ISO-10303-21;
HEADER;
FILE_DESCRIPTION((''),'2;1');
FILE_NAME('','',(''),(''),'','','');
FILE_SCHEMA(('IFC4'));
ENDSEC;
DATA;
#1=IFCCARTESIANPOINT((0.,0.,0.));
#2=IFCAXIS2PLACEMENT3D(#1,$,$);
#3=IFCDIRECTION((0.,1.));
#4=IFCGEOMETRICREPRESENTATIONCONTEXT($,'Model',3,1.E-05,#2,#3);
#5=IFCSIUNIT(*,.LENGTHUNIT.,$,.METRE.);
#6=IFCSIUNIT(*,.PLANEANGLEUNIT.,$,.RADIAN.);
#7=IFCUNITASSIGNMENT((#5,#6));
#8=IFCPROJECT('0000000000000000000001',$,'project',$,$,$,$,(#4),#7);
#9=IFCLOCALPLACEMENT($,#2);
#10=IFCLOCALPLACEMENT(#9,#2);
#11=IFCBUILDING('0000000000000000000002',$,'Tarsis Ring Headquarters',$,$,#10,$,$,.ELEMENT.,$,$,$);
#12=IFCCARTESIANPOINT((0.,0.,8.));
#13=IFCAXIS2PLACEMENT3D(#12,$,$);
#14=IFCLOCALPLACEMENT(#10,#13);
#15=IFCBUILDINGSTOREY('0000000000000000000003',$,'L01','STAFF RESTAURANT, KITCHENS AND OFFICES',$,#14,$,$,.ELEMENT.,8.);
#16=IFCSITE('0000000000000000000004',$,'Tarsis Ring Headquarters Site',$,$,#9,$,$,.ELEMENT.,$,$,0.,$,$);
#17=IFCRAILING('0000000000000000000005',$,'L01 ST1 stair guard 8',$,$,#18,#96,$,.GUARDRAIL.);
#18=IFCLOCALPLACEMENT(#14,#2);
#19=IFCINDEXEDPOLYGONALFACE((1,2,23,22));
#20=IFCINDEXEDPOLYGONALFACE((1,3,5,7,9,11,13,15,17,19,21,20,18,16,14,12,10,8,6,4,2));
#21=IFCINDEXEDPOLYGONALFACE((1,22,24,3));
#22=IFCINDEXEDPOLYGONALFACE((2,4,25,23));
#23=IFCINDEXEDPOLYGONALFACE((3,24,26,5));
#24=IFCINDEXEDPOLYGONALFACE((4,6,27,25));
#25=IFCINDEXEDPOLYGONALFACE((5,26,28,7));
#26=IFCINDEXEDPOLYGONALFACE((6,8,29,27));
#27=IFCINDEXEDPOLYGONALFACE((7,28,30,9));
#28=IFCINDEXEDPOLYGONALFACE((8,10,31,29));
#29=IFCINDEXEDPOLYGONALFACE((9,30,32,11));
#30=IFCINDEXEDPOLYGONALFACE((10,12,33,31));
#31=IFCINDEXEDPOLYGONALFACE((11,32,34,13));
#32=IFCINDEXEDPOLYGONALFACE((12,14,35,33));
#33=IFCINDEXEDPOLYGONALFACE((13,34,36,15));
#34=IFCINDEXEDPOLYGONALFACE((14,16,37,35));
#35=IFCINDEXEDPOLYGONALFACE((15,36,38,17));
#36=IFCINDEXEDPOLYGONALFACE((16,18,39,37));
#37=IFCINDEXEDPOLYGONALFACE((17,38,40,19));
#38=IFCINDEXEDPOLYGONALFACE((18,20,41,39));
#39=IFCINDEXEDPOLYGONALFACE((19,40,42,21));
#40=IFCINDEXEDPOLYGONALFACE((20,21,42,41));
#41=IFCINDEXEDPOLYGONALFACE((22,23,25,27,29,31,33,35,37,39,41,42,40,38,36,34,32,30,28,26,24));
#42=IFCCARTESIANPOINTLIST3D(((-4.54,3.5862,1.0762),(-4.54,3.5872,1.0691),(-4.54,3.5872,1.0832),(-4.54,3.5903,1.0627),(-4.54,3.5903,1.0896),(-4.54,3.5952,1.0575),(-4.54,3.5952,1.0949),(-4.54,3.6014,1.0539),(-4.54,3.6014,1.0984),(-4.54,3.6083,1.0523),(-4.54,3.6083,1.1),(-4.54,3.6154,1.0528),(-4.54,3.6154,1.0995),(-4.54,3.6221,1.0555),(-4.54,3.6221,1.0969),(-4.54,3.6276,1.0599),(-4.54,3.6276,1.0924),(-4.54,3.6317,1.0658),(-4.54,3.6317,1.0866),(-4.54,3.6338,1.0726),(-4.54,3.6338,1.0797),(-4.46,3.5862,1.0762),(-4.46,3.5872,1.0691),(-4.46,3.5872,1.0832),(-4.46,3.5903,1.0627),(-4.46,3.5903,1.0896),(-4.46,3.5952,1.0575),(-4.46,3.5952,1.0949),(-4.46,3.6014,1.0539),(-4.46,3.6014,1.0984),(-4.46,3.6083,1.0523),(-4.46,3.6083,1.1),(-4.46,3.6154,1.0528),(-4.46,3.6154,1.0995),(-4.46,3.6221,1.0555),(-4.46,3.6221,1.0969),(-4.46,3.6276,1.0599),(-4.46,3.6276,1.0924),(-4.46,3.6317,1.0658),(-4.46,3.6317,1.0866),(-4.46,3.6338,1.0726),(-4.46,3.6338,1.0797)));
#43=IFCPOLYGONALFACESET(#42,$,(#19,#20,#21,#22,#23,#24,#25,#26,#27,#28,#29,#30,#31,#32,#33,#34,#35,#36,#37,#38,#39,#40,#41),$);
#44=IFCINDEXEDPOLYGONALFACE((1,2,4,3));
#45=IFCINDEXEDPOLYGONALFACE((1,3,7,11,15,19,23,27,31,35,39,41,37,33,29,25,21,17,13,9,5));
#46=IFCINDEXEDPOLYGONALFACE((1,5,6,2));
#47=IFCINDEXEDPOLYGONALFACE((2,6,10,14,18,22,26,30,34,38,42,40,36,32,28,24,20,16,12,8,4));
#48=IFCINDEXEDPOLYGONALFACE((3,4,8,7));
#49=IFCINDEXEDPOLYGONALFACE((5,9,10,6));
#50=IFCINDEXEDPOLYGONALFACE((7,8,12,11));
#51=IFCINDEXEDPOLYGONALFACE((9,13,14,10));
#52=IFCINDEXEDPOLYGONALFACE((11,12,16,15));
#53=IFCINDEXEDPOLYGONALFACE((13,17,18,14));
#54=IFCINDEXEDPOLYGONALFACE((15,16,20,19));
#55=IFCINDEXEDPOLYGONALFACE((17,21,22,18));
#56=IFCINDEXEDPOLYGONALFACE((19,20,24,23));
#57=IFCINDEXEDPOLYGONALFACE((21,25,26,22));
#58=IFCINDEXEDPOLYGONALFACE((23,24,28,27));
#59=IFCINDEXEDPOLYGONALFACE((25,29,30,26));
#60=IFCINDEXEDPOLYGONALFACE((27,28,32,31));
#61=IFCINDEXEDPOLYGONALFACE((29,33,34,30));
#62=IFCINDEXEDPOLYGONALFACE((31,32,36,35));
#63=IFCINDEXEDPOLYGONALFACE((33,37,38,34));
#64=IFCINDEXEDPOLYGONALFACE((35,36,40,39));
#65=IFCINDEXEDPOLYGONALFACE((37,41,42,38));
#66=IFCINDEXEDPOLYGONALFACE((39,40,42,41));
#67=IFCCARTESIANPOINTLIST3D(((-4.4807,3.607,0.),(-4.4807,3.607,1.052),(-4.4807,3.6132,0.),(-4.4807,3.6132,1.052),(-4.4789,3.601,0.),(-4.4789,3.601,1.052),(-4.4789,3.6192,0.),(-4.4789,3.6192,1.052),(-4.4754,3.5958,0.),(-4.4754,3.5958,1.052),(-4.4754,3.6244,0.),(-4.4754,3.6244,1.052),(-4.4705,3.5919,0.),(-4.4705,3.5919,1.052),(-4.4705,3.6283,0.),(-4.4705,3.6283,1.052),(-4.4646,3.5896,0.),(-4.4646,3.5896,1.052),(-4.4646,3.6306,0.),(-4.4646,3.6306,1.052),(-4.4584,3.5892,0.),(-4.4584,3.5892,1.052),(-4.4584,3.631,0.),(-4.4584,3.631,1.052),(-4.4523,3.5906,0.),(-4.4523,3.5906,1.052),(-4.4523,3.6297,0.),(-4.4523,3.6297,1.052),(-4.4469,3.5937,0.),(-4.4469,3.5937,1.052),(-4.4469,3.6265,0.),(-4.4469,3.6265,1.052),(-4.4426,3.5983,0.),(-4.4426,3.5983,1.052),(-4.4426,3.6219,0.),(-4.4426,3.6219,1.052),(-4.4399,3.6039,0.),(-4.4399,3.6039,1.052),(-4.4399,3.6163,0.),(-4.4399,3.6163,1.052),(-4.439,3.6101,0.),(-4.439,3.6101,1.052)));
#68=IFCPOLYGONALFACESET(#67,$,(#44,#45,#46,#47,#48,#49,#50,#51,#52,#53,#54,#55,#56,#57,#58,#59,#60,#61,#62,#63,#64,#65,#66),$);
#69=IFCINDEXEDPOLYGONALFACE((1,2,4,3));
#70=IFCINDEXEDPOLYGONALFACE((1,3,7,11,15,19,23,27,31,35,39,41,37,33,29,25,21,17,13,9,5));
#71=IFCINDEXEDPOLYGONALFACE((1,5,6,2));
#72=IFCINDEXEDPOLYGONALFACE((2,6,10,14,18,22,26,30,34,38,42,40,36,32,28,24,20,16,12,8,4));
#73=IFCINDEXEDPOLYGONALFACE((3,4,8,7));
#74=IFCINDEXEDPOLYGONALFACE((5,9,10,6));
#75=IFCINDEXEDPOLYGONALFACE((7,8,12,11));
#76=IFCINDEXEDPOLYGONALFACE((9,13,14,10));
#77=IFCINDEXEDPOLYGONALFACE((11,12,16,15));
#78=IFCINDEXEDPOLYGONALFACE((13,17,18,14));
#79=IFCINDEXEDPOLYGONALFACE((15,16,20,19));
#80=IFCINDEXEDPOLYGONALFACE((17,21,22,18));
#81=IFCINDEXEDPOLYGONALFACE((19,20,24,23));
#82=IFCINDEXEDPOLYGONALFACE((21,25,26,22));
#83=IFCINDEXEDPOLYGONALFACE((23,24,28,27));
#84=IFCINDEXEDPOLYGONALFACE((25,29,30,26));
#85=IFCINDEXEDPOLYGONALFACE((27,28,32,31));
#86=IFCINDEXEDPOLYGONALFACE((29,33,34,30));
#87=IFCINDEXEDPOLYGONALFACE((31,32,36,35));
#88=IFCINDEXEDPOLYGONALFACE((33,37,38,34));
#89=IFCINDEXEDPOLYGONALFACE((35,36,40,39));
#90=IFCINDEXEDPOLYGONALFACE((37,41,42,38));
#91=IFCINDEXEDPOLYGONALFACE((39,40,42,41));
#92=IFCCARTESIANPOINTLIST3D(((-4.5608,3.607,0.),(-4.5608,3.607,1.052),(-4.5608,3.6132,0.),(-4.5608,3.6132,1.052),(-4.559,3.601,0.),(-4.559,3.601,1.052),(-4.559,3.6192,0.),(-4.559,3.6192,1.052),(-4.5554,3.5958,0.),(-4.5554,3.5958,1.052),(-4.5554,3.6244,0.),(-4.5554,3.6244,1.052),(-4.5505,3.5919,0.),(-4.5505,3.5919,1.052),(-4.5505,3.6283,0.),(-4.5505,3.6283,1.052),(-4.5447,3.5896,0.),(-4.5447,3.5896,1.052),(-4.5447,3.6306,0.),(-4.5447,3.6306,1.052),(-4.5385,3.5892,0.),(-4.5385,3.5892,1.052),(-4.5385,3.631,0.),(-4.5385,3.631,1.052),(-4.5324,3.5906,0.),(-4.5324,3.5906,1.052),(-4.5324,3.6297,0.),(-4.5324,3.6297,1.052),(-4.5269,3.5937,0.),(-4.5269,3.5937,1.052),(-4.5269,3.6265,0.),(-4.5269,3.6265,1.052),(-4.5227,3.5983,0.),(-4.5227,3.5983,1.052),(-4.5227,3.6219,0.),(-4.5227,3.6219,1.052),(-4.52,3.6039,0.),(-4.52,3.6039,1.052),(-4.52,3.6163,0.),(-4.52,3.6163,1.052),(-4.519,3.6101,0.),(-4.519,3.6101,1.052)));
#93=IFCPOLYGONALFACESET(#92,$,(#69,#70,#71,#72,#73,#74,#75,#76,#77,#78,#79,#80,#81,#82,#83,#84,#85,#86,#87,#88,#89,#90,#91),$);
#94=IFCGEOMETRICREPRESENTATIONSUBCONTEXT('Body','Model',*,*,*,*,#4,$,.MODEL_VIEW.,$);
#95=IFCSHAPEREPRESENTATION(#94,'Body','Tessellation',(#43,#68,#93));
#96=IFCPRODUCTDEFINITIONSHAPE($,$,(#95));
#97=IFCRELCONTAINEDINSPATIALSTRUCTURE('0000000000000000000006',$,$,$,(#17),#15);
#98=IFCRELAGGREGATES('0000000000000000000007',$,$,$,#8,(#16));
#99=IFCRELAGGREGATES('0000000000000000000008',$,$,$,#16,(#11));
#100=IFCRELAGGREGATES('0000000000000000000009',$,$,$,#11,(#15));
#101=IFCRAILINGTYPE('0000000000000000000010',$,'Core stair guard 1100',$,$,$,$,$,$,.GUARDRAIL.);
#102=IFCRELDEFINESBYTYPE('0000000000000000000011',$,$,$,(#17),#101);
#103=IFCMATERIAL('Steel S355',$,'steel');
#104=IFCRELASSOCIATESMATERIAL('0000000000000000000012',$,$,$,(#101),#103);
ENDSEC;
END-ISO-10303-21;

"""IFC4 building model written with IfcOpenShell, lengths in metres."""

from ifc_helpers import new_model, si_unit, direction, frame, origin, origin_2d, place, context, subcontext, project, spatial, circle, extrude, material, type_object, element, save


model = new_model("IFC4")

# Units and contexts
model_context = context("Model", 3, precision=1e-05, world=origin(), true_north=direction((0.0, 1.0)))
body_context = subcontext(model_context, "Body", "Model", "MODEL_VIEW")
ifc_project = project(units=[si_unit("LENGTHUNIT", "METRE"), si_unit("PLANEANGLEUNIT", "RADIAN")], contexts=[model_context])

# Site, building, storey
site_placement = place(None, origin())
site = spatial("IfcSite", under=ifc_project, at=site_placement, Name="Tarsis Ring Headquarters Site", CompositionType="ELEMENT", RefElevation=0.0)
building_placement = place(site_placement, origin())
building = spatial("IfcBuilding", under=site, at=building_placement, Name="Tarsis Ring Headquarters", CompositionType="ELEMENT")
storey_placement = place(building_placement, frame((0.0, 0.0, 8.0)))
storey = spatial("IfcBuildingStorey", under=building, at=storey_placement, Name="L01", Description="STAFF RESTAURANT, KITCHENS AND OFFICES", CompositionType="ELEMENT", Elevation=8.0)

# Shared definitions
ifc_material_1 = material(Name="Steel S355", Category="steel")

# Railing
railing_type_1 = type_object("IfcRailingType", Name="Core stair guard 1100", PredefinedType="GUARDRAIL", material=ifc_material_1)
railing_1_placement = place(storey_placement, frame((-4.46, 3.6101, 0.0)))
element("IfcRailing", 1, at=railing_1_placement, inside=storey, type_object=railing_type_1, Name="L01 ST1 stair guard 8", PredefinedType="GUARDRAIL", context=body_context, shape_type="SweptSolid", body=[
    extrude(circle(Radius=0.0239, at=origin_2d()), frame((0.0, 0.0, 1.0762), z_axis=(-1.0, 0.0, 0.0), x_axis=(0.0, -1.0, 0.0)), (0.0, 0.0, 1.0), 0.0801),
    extrude(circle(Radius=0.021, at=origin_2d()), origin(), (0.0, 0.0, 1.0), 1.052),
    extrude(circle(Radius=0.021, at=origin_2d()), frame((-0.0801, 0.0, 0.0)), (0.0, 0.0, 1.0), 1.052),
])

save(model, "model.ifc")
